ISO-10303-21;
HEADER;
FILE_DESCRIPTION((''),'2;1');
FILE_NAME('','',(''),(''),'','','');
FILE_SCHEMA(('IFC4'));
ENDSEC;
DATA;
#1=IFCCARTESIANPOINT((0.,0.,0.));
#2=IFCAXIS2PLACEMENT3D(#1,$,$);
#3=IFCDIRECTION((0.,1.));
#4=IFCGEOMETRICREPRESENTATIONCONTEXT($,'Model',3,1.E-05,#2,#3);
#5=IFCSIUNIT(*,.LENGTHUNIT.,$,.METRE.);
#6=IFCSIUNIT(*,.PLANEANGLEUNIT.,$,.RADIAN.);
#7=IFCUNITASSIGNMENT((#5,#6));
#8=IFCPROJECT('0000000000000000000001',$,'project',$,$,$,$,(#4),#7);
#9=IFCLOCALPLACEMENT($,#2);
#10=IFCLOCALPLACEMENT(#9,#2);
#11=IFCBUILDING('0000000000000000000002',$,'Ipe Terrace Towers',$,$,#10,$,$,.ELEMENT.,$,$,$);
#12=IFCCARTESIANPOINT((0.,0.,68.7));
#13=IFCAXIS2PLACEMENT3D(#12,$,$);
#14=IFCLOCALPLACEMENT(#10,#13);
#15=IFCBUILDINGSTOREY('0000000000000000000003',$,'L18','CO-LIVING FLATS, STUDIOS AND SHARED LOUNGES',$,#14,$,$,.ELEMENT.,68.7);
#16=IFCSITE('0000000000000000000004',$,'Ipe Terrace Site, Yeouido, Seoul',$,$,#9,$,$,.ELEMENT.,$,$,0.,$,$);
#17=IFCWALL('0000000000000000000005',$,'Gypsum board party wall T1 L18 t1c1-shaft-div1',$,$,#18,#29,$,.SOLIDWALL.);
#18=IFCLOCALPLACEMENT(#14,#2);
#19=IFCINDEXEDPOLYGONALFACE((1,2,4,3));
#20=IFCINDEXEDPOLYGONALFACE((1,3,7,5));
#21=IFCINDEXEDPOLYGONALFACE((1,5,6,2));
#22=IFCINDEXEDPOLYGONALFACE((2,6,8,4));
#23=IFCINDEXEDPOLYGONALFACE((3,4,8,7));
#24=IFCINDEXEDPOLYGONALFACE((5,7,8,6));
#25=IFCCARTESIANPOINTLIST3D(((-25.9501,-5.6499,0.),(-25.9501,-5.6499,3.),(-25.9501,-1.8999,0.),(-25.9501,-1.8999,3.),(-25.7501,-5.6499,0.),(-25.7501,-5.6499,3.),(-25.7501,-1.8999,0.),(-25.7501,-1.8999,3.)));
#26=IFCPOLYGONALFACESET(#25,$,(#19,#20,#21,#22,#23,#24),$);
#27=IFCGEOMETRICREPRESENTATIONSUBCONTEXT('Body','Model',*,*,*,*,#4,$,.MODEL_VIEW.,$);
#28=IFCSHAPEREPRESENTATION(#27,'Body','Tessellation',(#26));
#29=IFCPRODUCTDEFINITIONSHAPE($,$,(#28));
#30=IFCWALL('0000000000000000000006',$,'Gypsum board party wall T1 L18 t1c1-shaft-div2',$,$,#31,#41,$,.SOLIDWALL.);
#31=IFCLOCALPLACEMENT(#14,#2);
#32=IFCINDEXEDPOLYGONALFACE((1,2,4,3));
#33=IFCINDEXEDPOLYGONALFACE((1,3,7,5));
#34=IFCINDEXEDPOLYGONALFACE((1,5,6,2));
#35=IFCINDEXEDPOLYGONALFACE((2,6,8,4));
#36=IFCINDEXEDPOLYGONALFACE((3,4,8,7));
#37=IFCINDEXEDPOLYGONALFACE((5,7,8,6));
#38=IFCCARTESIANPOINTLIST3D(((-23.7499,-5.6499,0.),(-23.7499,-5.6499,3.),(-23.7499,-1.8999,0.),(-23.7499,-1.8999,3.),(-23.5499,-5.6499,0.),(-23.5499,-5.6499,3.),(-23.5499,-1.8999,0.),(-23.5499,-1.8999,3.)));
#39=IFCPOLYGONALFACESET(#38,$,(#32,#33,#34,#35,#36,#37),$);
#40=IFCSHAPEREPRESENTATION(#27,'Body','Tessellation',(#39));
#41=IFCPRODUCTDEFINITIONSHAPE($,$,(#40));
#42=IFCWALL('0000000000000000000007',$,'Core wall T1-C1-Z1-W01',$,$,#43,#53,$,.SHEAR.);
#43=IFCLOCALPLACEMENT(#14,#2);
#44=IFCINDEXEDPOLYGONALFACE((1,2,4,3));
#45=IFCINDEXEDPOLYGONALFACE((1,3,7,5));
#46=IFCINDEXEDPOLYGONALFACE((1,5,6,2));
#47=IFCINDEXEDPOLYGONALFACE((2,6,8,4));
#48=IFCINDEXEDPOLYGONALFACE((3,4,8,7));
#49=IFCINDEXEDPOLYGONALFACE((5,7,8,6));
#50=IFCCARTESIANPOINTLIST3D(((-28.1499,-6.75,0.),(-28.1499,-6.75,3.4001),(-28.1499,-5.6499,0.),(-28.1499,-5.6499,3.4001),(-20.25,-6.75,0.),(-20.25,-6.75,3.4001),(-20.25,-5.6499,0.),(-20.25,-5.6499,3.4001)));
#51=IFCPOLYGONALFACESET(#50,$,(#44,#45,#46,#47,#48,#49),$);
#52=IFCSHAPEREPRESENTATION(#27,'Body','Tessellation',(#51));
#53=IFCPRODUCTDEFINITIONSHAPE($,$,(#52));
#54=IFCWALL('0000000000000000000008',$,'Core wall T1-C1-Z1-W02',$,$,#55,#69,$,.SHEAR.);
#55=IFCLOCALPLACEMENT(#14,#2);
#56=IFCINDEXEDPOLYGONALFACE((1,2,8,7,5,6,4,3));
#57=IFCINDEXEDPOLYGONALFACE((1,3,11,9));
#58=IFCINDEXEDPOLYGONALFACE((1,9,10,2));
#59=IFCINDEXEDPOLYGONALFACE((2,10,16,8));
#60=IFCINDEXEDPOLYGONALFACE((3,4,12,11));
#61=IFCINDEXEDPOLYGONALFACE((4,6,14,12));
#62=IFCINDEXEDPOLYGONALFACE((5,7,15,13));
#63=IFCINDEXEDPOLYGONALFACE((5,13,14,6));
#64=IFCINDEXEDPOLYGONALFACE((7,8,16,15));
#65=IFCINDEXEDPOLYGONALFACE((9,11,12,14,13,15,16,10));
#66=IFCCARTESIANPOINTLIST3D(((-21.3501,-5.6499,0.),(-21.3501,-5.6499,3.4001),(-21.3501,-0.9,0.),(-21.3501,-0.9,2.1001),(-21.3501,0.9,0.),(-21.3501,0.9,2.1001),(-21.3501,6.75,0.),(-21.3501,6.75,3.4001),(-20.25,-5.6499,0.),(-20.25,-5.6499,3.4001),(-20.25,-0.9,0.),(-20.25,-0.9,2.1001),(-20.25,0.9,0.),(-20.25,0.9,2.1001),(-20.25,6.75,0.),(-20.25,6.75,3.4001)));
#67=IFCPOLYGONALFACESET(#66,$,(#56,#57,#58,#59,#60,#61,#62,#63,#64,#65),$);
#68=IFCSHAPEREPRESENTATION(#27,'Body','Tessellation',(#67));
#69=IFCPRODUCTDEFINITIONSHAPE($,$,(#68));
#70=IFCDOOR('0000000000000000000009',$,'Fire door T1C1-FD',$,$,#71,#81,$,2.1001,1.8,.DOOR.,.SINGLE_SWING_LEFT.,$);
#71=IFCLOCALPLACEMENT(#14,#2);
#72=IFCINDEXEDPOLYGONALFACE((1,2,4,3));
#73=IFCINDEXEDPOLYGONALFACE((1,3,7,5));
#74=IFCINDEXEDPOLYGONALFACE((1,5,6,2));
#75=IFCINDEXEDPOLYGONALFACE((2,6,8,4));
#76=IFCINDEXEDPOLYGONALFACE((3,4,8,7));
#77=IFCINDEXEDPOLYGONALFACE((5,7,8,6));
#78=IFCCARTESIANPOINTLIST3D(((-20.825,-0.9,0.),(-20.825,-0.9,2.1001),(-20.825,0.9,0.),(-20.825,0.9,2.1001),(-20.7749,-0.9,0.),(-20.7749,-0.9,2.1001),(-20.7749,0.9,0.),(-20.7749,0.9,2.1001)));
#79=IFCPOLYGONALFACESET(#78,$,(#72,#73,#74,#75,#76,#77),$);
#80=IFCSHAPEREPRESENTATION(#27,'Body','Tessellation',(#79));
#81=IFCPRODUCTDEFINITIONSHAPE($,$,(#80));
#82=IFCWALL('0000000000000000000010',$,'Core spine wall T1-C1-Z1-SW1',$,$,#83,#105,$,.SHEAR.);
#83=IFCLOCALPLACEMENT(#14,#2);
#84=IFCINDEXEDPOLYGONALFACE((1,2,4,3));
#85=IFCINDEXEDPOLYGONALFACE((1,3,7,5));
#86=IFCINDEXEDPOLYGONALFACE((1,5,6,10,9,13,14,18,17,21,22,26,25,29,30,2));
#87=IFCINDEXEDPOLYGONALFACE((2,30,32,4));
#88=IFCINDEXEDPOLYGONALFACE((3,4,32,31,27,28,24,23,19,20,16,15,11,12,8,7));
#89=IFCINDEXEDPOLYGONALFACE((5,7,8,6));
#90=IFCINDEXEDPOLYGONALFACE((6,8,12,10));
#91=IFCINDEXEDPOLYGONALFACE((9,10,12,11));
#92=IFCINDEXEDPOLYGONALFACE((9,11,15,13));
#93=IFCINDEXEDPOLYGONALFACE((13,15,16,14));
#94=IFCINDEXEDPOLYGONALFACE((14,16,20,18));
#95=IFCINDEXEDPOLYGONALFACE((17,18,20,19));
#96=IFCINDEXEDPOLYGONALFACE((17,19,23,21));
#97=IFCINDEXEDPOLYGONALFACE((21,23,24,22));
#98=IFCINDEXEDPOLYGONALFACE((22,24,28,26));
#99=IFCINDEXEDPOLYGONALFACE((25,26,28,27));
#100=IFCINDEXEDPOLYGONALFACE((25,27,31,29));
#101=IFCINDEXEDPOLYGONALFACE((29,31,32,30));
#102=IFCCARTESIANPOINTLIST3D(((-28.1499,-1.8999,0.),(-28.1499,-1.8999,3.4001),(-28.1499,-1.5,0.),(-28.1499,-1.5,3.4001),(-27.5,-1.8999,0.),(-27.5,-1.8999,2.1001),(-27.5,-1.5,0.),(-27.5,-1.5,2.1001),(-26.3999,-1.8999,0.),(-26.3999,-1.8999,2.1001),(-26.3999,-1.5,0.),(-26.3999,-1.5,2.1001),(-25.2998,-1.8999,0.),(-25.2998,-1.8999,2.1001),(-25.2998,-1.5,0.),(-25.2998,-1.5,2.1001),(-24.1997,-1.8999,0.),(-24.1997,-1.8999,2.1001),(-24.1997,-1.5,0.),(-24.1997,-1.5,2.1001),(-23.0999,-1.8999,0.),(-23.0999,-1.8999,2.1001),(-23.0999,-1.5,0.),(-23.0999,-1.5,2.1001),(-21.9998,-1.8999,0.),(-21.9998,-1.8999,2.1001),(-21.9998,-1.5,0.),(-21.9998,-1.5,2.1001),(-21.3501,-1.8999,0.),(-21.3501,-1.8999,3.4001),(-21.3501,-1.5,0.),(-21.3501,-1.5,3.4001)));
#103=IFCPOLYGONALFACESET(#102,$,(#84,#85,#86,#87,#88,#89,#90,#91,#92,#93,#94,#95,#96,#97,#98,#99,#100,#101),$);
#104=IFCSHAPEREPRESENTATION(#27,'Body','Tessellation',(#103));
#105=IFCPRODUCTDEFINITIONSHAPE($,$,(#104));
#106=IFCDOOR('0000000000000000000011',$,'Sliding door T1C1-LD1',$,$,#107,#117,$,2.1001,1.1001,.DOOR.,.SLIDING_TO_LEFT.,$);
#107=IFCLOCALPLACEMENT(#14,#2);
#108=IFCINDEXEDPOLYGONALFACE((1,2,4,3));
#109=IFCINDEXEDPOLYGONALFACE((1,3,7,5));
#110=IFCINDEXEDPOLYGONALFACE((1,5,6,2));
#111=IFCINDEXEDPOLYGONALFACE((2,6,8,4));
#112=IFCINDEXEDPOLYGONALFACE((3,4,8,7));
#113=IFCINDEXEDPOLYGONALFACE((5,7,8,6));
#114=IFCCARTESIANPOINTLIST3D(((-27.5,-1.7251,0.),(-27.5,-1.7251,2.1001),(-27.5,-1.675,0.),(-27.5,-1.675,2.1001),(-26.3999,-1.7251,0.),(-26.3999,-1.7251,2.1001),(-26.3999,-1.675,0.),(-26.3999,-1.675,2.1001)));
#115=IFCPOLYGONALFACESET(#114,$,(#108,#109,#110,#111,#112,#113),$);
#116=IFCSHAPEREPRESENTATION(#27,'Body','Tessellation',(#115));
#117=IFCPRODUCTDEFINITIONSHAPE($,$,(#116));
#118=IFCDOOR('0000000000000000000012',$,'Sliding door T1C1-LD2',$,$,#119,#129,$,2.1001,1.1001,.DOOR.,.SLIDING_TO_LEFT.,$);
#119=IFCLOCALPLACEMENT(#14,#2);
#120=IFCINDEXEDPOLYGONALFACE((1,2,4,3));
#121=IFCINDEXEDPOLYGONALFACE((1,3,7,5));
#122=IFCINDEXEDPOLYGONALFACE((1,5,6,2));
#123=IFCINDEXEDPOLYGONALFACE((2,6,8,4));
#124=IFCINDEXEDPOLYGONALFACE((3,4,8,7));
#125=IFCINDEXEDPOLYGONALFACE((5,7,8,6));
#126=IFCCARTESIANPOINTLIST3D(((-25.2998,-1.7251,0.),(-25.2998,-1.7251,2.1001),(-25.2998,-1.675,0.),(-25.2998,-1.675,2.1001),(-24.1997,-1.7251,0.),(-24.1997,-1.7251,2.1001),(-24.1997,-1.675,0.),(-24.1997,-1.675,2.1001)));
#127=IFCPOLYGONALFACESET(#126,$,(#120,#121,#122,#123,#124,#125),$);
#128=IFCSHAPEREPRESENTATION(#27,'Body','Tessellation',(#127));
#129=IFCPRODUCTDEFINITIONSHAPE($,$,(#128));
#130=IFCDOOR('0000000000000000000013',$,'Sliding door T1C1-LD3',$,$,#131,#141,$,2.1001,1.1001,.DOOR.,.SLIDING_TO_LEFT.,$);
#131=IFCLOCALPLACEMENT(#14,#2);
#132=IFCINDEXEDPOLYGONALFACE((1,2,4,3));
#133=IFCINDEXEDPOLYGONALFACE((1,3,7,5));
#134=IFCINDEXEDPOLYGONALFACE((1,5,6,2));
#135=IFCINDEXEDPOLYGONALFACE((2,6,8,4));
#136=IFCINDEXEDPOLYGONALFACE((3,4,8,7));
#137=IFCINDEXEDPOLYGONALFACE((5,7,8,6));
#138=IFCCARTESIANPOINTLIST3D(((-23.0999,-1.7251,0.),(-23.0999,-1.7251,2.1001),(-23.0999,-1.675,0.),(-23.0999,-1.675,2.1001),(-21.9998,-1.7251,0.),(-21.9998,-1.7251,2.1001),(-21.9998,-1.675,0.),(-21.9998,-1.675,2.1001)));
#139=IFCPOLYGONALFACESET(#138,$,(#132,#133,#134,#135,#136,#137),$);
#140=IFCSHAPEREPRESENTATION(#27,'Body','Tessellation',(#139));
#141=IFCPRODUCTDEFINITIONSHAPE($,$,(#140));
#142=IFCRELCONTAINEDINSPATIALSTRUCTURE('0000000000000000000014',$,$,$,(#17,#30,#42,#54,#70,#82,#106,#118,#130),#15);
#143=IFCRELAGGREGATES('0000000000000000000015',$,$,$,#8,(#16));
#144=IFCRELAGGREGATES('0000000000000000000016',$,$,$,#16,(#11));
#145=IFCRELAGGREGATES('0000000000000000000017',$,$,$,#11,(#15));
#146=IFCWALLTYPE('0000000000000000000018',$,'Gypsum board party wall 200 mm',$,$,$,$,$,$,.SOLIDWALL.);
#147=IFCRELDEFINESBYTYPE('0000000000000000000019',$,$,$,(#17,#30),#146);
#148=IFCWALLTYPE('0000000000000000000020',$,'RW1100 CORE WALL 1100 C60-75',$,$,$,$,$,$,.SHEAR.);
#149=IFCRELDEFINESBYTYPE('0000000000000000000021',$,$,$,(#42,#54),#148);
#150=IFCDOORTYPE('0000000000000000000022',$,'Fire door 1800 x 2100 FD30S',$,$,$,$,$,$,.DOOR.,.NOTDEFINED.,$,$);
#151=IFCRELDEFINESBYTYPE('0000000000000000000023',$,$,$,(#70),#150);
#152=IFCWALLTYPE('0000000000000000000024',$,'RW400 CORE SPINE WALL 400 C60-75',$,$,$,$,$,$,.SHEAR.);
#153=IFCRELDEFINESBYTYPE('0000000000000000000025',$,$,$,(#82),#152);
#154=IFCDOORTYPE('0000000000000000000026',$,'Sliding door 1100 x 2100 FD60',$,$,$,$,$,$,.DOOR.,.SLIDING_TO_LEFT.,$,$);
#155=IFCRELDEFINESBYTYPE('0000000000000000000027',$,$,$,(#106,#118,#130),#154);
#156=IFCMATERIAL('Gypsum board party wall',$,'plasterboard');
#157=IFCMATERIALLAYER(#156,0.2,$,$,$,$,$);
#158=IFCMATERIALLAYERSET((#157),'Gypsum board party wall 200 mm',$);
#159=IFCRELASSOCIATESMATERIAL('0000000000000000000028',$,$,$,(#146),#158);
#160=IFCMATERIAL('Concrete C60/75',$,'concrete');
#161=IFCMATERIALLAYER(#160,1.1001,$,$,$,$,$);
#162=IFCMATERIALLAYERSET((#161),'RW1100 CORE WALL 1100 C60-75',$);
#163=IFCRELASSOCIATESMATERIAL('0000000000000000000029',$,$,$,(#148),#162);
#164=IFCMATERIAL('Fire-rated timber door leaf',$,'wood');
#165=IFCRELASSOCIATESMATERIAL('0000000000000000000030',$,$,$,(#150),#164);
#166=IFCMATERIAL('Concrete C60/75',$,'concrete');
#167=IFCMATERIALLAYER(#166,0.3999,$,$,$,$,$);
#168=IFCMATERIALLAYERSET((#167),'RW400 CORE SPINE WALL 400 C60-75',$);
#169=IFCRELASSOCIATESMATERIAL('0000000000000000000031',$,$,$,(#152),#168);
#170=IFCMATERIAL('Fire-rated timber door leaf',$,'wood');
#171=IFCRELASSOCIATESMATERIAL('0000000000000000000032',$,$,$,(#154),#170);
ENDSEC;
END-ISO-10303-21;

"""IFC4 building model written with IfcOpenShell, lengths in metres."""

from ifc_helpers import new_model, si_unit, direction, frame, frame_2d, origin, place, context, subcontext, project, spatial, rectangle, extrude, material, layer, layer_set, type_object, element, fill, save


model = new_model("IFC4")

# Units and contexts
model_context = context("Model", 3, precision=1e-05, world=origin(), true_north=direction((0.0, 1.0)))
body_context = subcontext(model_context, "Body", "Model", "MODEL_VIEW")
ifc_project = project(units=[si_unit("LENGTHUNIT", "METRE"), si_unit("PLANEANGLEUNIT", "RADIAN")], contexts=[model_context])

# Site, building, storey
site_placement = place(None, origin())
site = spatial("IfcSite", under=ifc_project, at=site_placement, Name="Ipe Terrace Site, Yeouido, Seoul", CompositionType="ELEMENT", RefElevation=0.0)
building_placement = place(site_placement, origin())
building = spatial("IfcBuilding", under=site, at=building_placement, Name="Ipe Terrace Towers", CompositionType="ELEMENT")
storey_placement = place(building_placement, frame((0.0, 0.0, 68.7)))
storey = spatial("IfcBuildingStorey", under=building, at=storey_placement, Name="L18", Description="CO-LIVING FLATS, STUDIOS AND SHARED LOUNGES", CompositionType="ELEMENT", Elevation=68.7)

# Walls
ifc_material_1 = material(Name="Gypsum board party wall", Category="plasterboard")
ifc_layer_1 = layer(ifc_material_1, 0.2)
ifc_layer_set_1 = layer_set([ifc_layer_1], Name="Gypsum board party wall 200 mm")
wall_type_1 = type_object("IfcWallType", Name="Gypsum board party wall 200 mm", PredefinedType="SOLIDWALL", material=ifc_layer_set_1)
for number, where, z_axis, x_axis, name in (
    (1, (-25.8501, -5.6499, 0.0), (0.0, 0.0, 1.0), (0.0, 1.0, 0.0), "Gypsum board party wall T1 L18 t1c1-shaft-div1"),
    (2, (-23.6499, -5.6499, 0.0), (0.0, 0.0, 1.0), (0.0, 1.0, 0.0), "Gypsum board party wall T1 L18 t1c1-shaft-div2"),
):
    element("IfcWall", number, at=place(storey_placement, frame(where, z_axis=z_axis, x_axis=x_axis)), inside=storey, type_object=wall_type_1, Name=name, PredefinedType="SOLIDWALL", context=body_context, shape_type="SweptSolid", body=[
        extrude(rectangle(XDim=3.75, YDim=0.2, at=frame_2d((1.875, 0.0))), origin(), (0.0, 0.0, 1.0), 3.0),
    ])
ifc_material_2 = material(Name="Concrete C60/75", Category="concrete")
ifc_layer_2 = layer(ifc_material_2, 1.1001)
ifc_layer_set_2 = layer_set([ifc_layer_2], Name="RW1100 CORE WALL 1100 C60-75")
wall_type_2 = type_object("IfcWallType", Name="RW1100 CORE WALL 1100 C60-75", PredefinedType="SHEAR", material=ifc_layer_set_2)
wall_1_placement = place(storey_placement, frame((-28.1499, -6.2, 0.0), z_axis=(0.0, 0.0, 1.0), x_axis=(1.0, 0.0, 0.0)))
element("IfcWall", 3, at=wall_1_placement, inside=storey, type_object=wall_type_2, Name="Core wall T1-C1-Z1-W01", PredefinedType="SHEAR", context=body_context, shape_type="SweptSolid", body=[
    extrude(rectangle(XDim=7.8999, YDim=1.1001, at=frame_2d((3.95, 0.0))), origin(), (0.0, 0.0, 1.0), 3.4001),
])

# Wall, opening, door
wall_2_placement = place(storey_placement, frame((-20.8, -5.6499, 0.0), z_axis=(0.0, 0.0, 1.0), x_axis=(0.0, 1.0, 0.0)))
wall_2 = element("IfcWall", 4, at=wall_2_placement, inside=storey, type_object=wall_type_2, Name="Core wall T1-C1-Z1-W02", PredefinedType="SHEAR", context=body_context, shape_type="SweptSolid", body=[
    extrude(rectangle(XDim=12.3999, YDim=1.1001, at=frame_2d((6.2, 0.0))), origin(), (0.0, 0.0, 1.0), 3.4001),
])
opening_1_placement = place(wall_2_placement, frame((4.75, 0.0, 0.0)))
opening_1 = element("IfcOpeningElement", 5, at=opening_1_placement, cuts=wall_2, PredefinedType="OPENING", context=body_context, shape_type="SweptSolid", body=[
    extrude(rectangle(XDim=1.8, YDim=2.1001, at=frame_2d((0.8999, 1.05))), frame((0.0, 0.5601, 0.0), z_axis=(0.0, -1.0, 0.0), x_axis=(1.0, 0.0, 0.0)), (0.0, 0.0, 1.0), 1.1201),
])
ifc_material_3 = material(Name="Fire-rated timber door leaf", Category="wood")
door_type_1 = type_object("IfcDoorType", Name="Fire door 1800 x 2100 FD30S", OperationType="NOTDEFINED", PredefinedType="DOOR", material=ifc_material_3)
door_1_placement = place(opening_1_placement, origin())
door_1 = element("IfcDoor", 6, at=door_1_placement, inside=storey, type_object=door_type_1, Name="Fire door T1C1-FD", OperationType="SINGLE_SWING_LEFT", OverallHeight=2.1001, OverallWidth=1.8, PredefinedType="DOOR", context=body_context, shape_type="SweptSolid", body=[
    extrude(rectangle(XDim=1.8, YDim=2.1001, at=frame_2d((0.8999, 1.05))), frame((0.0, 0.0249, 0.0), z_axis=(0.0, -1.0, 0.0), x_axis=(1.0, 0.0, 0.0)), (0.0, 0.0, 1.0), 0.05),
])
fill(opening_1, door_1)

# Wall, openings, doors
ifc_material_4 = material(Name="Concrete C60/75", Category="concrete")
ifc_layer_3 = layer(ifc_material_4, 0.3999)
ifc_layer_set_3 = layer_set([ifc_layer_3], Name="RW400 CORE SPINE WALL 400 C60-75")
wall_type_3 = type_object("IfcWallType", Name="RW400 CORE SPINE WALL 400 C60-75", PredefinedType="SHEAR", material=ifc_layer_set_3)
wall_3_placement = place(storey_placement, frame((-28.1499, -1.7, 0.0), z_axis=(0.0, 0.0, 1.0), x_axis=(1.0, 0.0, 0.0)))
wall_3 = element("IfcWall", 7, at=wall_3_placement, inside=storey, type_object=wall_type_3, Name="Core spine wall T1-C1-Z1-SW1", PredefinedType="SHEAR", context=body_context, shape_type="SweptSolid", body=[
    extrude(rectangle(XDim=6.7998, YDim=0.3999, at=frame_2d((3.3999, 0.0))), origin(), (0.0, 0.0, 1.0), 3.4001),
])
opening_2_placement = place(wall_3_placement, frame((0.6499, 0.0, 0.0)))
opening_2 = element("IfcOpeningElement", 8, at=opening_2_placement, cuts=wall_3, PredefinedType="OPENING", context=body_context, shape_type="SweptSolid", body=[
    extrude(rectangle(XDim=1.1001, YDim=2.1001, at=frame_2d((0.55, 1.05))), frame((0.0, 0.21, 0.0), z_axis=(0.0, -1.0, 0.0), x_axis=(1.0, 0.0, 0.0)), (0.0, 0.0, 1.0), 0.4199),
])
opening_3_placement = place(wall_3_placement, frame((2.8501, 0.0, 0.0)))
opening_3 = element("IfcOpeningElement", 9, at=opening_3_placement, cuts=wall_3, PredefinedType="OPENING", context=body_context, shape_type="SweptSolid", body=[
    extrude(rectangle(XDim=1.1001, YDim=2.1001, at=frame_2d((0.55, 1.05))), frame((0.0, 0.21, 0.0), z_axis=(0.0, -1.0, 0.0), x_axis=(1.0, 0.0, 0.0)), (0.0, 0.0, 1.0), 0.4199),
])
opening_4_placement = place(wall_3_placement, frame((5.05, 0.0, 0.0)))
opening_4 = element("IfcOpeningElement", 10, at=opening_4_placement, cuts=wall_3, PredefinedType="OPENING", context=body_context, shape_type="SweptSolid", body=[
    extrude(rectangle(XDim=1.1001, YDim=2.1001, at=frame_2d((0.55, 1.05))), frame((0.0, 0.21, 0.0), z_axis=(0.0, -1.0, 0.0), x_axis=(1.0, 0.0, 0.0)), (0.0, 0.0, 1.0), 0.4199),
])
ifc_material_5 = material(Name="Fire-rated timber door leaf", Category="wood")
door_type_2 = type_object("IfcDoorType", Name="Sliding door 1100 x 2100 FD60", OperationType="SLIDING_TO_LEFT", PredefinedType="DOOR", material=ifc_material_5)
door_2_placement = place(opening_2_placement, origin())
door_2 = element("IfcDoor", 11, at=door_2_placement, inside=storey, type_object=door_type_2, Name="Sliding door T1C1-LD1", OperationType="SLIDING_TO_LEFT", OverallHeight=2.1001, OverallWidth=1.1001, PredefinedType="DOOR", context=body_context, shape_type="SweptSolid", body=[
    extrude(rectangle(XDim=1.1001, YDim=2.1001, at=frame_2d((0.55, 1.05))), frame((0.0, 0.0249, 0.0), z_axis=(0.0, -1.0, 0.0), x_axis=(1.0, 0.0, 0.0)), (0.0, 0.0, 1.0), 0.05),
])
fill(opening_2, door_2)
door_3_placement = place(opening_3_placement, origin())
door_3 = element("IfcDoor", 12, at=door_3_placement, inside=storey, type_object=door_type_2, Name="Sliding door T1C1-LD2", OperationType="SLIDING_TO_LEFT", OverallHeight=2.1001, OverallWidth=1.1001, PredefinedType="DOOR", context=body_context, shape_type="SweptSolid", body=[
    extrude(rectangle(XDim=1.1001, YDim=2.1001, at=frame_2d((0.55, 1.05))), frame((0.0, 0.0249, 0.0), z_axis=(0.0, -1.0, 0.0), x_axis=(1.0, 0.0, 0.0)), (0.0, 0.0, 1.0), 0.05),
])
fill(opening_3, door_3)
door_4_placement = place(opening_4_placement, origin())
door_4 = element("IfcDoor", 13, at=door_4_placement, inside=storey, type_object=door_type_2, Name="Sliding door T1C1-LD3", OperationType="SLIDING_TO_LEFT", OverallHeight=2.1001, OverallWidth=1.1001, PredefinedType="DOOR", context=body_context, shape_type="SweptSolid", body=[
    extrude(rectangle(XDim=1.1001, YDim=2.1001, at=frame_2d((0.55, 1.05))), frame((0.0, 0.0249, 0.0), z_axis=(0.0, -1.0, 0.0), x_axis=(1.0, 0.0, 0.0)), (0.0, 0.0, 1.0), 0.05),
])
fill(opening_4, door_4)

save(model, "model.ifc")
